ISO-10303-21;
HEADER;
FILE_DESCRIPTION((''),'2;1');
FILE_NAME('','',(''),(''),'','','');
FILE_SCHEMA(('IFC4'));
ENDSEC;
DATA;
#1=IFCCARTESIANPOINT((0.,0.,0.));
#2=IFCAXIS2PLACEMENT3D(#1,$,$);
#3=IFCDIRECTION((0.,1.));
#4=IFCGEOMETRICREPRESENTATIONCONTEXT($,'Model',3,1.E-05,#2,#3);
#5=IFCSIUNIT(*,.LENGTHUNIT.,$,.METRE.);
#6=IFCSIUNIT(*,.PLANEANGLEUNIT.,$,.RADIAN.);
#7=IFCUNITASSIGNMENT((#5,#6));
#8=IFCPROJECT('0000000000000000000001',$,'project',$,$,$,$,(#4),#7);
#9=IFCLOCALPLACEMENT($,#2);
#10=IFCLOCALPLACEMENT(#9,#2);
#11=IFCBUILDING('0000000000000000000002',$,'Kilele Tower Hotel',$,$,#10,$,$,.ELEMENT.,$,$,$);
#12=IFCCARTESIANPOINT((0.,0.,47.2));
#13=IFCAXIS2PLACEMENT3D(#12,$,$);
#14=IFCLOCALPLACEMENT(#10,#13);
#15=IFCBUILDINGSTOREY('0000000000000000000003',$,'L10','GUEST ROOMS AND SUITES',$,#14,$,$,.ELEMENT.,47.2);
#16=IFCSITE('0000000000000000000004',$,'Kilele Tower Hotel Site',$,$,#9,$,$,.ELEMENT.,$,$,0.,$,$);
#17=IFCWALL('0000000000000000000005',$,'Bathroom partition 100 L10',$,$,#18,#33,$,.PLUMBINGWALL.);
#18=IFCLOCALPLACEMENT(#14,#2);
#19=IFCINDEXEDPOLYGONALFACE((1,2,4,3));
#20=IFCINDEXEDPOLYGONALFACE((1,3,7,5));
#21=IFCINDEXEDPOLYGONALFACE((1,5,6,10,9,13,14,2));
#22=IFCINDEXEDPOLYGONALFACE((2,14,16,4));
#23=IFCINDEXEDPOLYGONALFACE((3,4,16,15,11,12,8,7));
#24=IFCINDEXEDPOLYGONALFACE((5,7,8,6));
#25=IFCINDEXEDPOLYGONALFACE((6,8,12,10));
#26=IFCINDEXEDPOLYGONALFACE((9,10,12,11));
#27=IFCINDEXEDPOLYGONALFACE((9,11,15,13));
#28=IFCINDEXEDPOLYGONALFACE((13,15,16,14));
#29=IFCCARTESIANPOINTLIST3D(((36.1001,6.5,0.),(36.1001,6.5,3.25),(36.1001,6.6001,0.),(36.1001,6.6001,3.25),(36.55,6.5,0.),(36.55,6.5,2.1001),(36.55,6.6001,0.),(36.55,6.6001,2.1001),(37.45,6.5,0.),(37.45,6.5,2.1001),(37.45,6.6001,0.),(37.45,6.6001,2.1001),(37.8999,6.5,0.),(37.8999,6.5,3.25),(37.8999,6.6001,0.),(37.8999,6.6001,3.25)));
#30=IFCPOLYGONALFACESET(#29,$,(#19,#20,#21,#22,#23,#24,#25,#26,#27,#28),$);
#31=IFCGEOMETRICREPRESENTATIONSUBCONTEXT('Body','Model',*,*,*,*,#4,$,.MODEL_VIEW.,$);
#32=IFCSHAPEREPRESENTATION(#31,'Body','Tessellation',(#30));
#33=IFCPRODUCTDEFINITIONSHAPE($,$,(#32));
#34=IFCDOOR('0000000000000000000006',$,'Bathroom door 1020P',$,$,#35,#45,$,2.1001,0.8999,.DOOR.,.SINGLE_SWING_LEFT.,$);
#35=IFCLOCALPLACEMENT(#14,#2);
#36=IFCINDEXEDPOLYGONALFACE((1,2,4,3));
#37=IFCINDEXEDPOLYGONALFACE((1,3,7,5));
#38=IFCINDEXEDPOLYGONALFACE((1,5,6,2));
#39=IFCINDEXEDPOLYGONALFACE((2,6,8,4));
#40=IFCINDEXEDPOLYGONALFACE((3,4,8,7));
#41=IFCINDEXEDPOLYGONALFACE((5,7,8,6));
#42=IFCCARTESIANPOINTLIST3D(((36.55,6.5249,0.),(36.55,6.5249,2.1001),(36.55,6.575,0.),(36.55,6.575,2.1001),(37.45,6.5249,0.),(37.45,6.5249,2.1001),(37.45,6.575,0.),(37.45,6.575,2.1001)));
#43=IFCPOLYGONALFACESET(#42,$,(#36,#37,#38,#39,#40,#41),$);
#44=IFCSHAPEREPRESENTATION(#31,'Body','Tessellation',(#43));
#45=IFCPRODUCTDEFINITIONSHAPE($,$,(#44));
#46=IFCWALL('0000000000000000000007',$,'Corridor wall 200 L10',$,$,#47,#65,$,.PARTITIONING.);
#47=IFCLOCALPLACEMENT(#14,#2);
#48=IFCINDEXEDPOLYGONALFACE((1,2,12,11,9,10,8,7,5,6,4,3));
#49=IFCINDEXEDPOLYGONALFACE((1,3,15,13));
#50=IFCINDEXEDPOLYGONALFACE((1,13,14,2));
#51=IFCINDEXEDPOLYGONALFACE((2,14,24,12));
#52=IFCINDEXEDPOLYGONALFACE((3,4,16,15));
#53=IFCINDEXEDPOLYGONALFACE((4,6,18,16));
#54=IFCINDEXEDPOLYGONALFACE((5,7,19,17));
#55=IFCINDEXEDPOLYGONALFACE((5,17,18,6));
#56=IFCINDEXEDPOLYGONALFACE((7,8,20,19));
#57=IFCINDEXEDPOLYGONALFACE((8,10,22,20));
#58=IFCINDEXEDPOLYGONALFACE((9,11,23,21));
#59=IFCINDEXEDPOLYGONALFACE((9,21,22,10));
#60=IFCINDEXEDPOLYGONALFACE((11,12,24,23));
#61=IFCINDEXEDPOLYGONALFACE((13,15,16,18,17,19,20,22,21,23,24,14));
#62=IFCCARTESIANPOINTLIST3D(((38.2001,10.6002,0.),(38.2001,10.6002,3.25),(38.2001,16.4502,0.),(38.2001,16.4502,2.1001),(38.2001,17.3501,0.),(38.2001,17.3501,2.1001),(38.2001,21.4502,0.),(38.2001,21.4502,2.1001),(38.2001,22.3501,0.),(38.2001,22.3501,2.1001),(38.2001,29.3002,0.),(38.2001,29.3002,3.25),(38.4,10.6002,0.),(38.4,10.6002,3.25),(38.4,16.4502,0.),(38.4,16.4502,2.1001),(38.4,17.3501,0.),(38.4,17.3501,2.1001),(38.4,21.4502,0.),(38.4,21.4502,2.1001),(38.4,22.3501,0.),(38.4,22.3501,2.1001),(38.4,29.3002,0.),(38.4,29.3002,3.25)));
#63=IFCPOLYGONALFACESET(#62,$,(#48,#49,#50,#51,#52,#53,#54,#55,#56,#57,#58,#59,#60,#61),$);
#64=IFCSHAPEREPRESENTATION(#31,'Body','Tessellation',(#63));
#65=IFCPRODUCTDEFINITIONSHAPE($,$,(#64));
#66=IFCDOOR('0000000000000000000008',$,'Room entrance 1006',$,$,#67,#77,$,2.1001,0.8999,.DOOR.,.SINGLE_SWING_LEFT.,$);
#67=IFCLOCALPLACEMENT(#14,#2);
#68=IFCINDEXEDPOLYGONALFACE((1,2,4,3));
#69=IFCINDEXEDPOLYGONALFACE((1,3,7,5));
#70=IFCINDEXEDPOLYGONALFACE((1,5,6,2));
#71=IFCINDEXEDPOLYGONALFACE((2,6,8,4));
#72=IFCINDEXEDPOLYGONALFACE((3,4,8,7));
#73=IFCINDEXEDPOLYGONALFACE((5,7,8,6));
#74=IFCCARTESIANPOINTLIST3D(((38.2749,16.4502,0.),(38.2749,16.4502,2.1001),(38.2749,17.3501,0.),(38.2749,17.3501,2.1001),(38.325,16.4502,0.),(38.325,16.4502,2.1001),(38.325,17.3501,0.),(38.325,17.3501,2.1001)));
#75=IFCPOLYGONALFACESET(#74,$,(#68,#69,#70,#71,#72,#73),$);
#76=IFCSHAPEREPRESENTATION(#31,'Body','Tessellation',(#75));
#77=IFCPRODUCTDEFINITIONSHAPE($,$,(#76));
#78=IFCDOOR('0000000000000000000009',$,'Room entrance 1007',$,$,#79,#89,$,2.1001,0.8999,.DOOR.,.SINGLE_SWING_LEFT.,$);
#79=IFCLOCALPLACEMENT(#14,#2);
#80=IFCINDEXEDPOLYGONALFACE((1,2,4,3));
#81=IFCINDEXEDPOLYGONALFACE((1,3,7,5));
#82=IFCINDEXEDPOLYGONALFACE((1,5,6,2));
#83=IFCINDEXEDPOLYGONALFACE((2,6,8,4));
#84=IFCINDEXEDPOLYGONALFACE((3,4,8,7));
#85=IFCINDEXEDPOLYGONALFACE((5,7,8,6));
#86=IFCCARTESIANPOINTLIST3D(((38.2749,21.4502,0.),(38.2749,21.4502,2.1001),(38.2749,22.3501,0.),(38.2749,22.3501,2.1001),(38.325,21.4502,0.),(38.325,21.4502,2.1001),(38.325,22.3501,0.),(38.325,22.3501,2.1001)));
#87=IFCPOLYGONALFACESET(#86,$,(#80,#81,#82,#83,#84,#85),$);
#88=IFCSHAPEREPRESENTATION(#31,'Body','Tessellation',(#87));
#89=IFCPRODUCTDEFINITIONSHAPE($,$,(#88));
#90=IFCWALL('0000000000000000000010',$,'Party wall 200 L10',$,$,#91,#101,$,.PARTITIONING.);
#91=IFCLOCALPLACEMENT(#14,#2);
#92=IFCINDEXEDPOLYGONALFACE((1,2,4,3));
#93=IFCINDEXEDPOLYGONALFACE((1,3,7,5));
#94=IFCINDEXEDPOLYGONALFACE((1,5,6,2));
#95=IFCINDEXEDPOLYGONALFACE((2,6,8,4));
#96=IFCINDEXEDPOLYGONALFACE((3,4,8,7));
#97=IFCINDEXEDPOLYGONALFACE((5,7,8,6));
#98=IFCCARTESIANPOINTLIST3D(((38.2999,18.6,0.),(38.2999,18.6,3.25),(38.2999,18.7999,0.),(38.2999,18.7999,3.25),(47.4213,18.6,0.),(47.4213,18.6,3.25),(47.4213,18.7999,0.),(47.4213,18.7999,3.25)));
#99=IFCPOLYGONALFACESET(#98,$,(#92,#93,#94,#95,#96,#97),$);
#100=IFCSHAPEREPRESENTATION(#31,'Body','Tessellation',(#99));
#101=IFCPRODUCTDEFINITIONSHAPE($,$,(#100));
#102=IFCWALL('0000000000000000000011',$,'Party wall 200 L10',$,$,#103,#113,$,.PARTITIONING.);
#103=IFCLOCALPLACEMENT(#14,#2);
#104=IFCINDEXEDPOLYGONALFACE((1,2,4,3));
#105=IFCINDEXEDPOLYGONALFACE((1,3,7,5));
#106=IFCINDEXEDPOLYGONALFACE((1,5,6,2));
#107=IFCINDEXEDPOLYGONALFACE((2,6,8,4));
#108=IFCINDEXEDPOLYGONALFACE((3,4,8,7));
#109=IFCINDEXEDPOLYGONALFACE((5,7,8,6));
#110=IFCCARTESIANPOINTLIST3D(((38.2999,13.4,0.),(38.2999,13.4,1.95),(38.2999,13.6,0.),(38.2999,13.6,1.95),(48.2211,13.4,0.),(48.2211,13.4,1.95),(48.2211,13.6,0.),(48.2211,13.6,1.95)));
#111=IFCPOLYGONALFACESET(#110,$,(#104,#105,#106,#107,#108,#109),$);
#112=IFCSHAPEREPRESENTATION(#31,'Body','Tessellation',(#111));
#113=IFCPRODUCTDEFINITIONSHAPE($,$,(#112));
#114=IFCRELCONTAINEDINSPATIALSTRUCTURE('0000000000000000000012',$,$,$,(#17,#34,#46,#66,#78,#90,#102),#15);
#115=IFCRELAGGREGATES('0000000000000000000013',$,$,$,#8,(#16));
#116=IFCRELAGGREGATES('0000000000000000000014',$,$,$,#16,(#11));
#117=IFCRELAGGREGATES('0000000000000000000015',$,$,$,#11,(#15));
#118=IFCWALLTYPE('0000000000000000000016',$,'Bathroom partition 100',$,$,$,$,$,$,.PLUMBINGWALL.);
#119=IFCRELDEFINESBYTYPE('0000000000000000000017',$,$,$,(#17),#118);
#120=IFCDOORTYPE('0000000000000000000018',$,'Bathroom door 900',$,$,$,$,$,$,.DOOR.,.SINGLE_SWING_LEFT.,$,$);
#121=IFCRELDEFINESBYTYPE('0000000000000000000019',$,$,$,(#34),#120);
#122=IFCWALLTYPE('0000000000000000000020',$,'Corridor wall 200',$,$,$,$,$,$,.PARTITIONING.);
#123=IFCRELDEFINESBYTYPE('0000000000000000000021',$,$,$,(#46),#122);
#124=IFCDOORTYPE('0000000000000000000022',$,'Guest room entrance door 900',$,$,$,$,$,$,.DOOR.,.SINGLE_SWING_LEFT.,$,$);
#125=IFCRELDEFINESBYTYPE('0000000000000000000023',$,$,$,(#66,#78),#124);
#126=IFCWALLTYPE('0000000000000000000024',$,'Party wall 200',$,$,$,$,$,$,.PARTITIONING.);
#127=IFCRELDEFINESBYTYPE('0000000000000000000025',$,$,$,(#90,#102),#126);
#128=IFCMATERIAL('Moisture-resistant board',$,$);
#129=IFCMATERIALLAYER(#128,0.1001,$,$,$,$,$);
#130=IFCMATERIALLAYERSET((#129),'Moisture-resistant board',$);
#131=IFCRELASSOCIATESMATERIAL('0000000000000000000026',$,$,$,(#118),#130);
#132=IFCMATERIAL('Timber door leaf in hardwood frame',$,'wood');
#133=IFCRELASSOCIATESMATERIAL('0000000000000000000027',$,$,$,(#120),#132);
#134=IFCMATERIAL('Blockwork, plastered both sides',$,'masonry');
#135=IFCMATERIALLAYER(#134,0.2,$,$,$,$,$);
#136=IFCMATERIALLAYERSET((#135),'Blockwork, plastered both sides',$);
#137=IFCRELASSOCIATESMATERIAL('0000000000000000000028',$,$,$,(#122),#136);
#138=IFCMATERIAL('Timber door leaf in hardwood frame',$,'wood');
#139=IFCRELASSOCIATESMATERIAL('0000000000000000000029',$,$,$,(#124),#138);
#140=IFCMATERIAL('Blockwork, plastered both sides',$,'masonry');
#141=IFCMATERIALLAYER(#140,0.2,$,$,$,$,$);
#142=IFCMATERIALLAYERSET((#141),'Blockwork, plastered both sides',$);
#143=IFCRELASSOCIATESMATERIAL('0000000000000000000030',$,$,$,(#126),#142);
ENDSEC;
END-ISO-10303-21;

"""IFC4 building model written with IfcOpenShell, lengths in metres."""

from ifc_helpers import new_model, si_unit, direction, frame, frame_2d, origin, place, context, subcontext, project, spatial, rectangle, extrude, material, layer, layer_set, type_object, element, fill, save


model = new_model("IFC4")

# Units and contexts
model_context = context("Model", 3, precision=1e-05, world=origin(), true_north=direction((0.0, 1.0)))
body_context = subcontext(model_context, "Body", "Model", "MODEL_VIEW")
ifc_project = project(units=[si_unit("LENGTHUNIT", "METRE"), si_unit("PLANEANGLEUNIT", "RADIAN")], contexts=[model_context])

# Site, building, storey
site_placement = place(None, origin())
site = spatial("IfcSite", under=ifc_project, at=site_placement, Name="Kilele Tower Hotel Site", CompositionType="ELEMENT", RefElevation=0.0)
building_placement = place(site_placement, origin())
building = spatial("IfcBuilding", under=site, at=building_placement, Name="Kilele Tower Hotel", CompositionType="ELEMENT")
storey_placement = place(building_placement, frame((0.0, 0.0, 47.2)))
storey = spatial("IfcBuildingStorey", under=building, at=storey_placement, Name="L10", Description="GUEST ROOMS AND SUITES", CompositionType="ELEMENT", Elevation=47.2)

# Shared definitions
ifc_material_1 = material(Name="Moisture-resistant board")
ifc_layer_1 = layer(ifc_material_1, 0.1001)
ifc_layer_set_1 = layer_set([ifc_layer_1], Name="Moisture-resistant board")
wall_type_1 = type_object("IfcWallType", Name="Bathroom partition 100", PredefinedType="PLUMBINGWALL", material=ifc_layer_set_1)

# Shared definitions
ifc_material_2 = material(Name="Timber door leaf in hardwood frame", Category="wood")
door_type_1 = type_object("IfcDoorType", Name="Bathroom door 900", OperationType="SINGLE_SWING_LEFT", PredefinedType="DOOR", material=ifc_material_2)

# Wall, opening, door
wall_1_placement = place(storey_placement, frame((36.1001, 6.55, 0.0), z_axis=(0.0, 0.0, 1.0), x_axis=(1.0, 0.0, 0.0)))
wall_1 = element("IfcWall", 1, at=wall_1_placement, inside=storey, type_object=wall_type_1, Name="Bathroom partition 100 L10", PredefinedType="PLUMBINGWALL", context=body_context, shape_type="SweptSolid", body=[
    extrude(rectangle(XDim=1.7998, YDim=0.1001, at=frame_2d((0.8999, 0.0))), origin(), (0.0, 0.0, 1.0), 3.25),
])
opening_1_placement = place(wall_1_placement, frame((0.45, 0.0, 0.0)))
opening_1 = element("IfcOpeningElement", 2, at=opening_1_placement, cuts=wall_1, PredefinedType="OPENING", context=body_context, shape_type="SweptSolid", body=[
    extrude(rectangle(XDim=0.8999, YDim=2.1001, at=frame_2d((0.45, 1.05))), frame((0.0, 0.0601, 0.0), z_axis=(0.0, -1.0, 0.0), x_axis=(1.0, 0.0, 0.0)), (0.0, 0.0, 1.0), 0.1201),
])
door_1_placement = place(opening_1_placement, origin())
door_1 = element("IfcDoor", 3, at=door_1_placement, inside=storey, type_object=door_type_1, Name="Bathroom door 1020P", OperationType="SINGLE_SWING_LEFT", OverallHeight=2.1001, OverallWidth=0.8999, PredefinedType="DOOR", context=body_context, shape_type="SweptSolid", body=[
    extrude(rectangle(XDim=0.8999, YDim=2.1001, at=frame_2d((0.45, 1.05))), frame((0.0, 0.0249, 0.0), z_axis=(0.0, -1.0, 0.0), x_axis=(1.0, 0.0, 0.0)), (0.0, 0.0, 1.0), 0.05),
])
fill(opening_1, door_1)

# Wall, openings, doors
ifc_material_3 = material(Name="Blockwork, plastered both sides", Category="masonry")
ifc_layer_2 = layer(ifc_material_3, 0.2)
ifc_layer_set_2 = layer_set([ifc_layer_2], Name="Blockwork, plastered both sides")
wall_type_2 = type_object("IfcWallType", Name="Corridor wall 200", PredefinedType="PARTITIONING", material=ifc_layer_set_2)
wall_2_placement = place(storey_placement, frame((38.3, 10.6001, 0.0), z_axis=(0.0, 0.0, 1.0), x_axis=(0.0, 1.0, 0.0)))
wall_2 = element("IfcWall", 4, at=wall_2_placement, inside=storey, type_object=wall_type_2, Name="Corridor wall 200 L10", PredefinedType="PARTITIONING", context=body_context, shape_type="SweptSolid", body=[
    extrude(rectangle(XDim=18.7, YDim=0.2, at=frame_2d((9.3501, 0.0))), origin(), (0.0, 0.0, 1.0), 3.25),
])
opening_2_placement = place(wall_2_placement, frame((6.75, 0.0, 0.0), z_axis=(0.0, 0.0, 1.0), x_axis=(-1.0, 0.0, 0.0)))
opening_2 = element("IfcOpeningElement", 5, at=opening_2_placement, cuts=wall_2, PredefinedType="OPENING", context=body_context, shape_type="SweptSolid", body=[
    extrude(rectangle(XDim=0.8999, YDim=2.1001, at=frame_2d((0.45, 1.05))), frame((0.0, 0.1099, 0.0), z_axis=(0.0, -1.0, 0.0), x_axis=(1.0, 0.0, 0.0)), (0.0, 0.0, 1.0), 0.22),
])
opening_3_placement = place(wall_2_placement, frame((11.75, 0.0, 0.0), z_axis=(0.0, 0.0, 1.0), x_axis=(-1.0, 0.0, 0.0)))
opening_3 = element("IfcOpeningElement", 6, at=opening_3_placement, cuts=wall_2, PredefinedType="OPENING", context=body_context, shape_type="SweptSolid", body=[
    extrude(rectangle(XDim=0.8999, YDim=2.1001, at=frame_2d((0.45, 1.05))), frame((0.0, 0.1099, 0.0), z_axis=(0.0, -1.0, 0.0), x_axis=(1.0, 0.0, 0.0)), (0.0, 0.0, 1.0), 0.22),
])
ifc_material_4 = material(Name="Timber door leaf in hardwood frame", Category="wood")
door_type_2 = type_object("IfcDoorType", Name="Guest room entrance door 900", OperationType="SINGLE_SWING_LEFT", PredefinedType="DOOR", material=ifc_material_4)
door_2_placement = place(opening_2_placement, origin())
door_2 = element("IfcDoor", 7, at=door_2_placement, inside=storey, type_object=door_type_2, Name="Room entrance 1006", OperationType="SINGLE_SWING_LEFT", OverallHeight=2.1001, OverallWidth=0.8999, PredefinedType="DOOR", context=body_context, shape_type="SweptSolid", body=[
    extrude(rectangle(XDim=0.8999, YDim=2.1001, at=frame_2d((0.45, 1.05))), frame((0.0, 0.0249, 0.0), z_axis=(0.0, -1.0, 0.0), x_axis=(1.0, 0.0, 0.0)), (0.0, 0.0, 1.0), 0.05),
])
fill(opening_2, door_2)
door_3_placement = place(opening_3_placement, origin())
door_3 = element("IfcDoor", 8, at=door_3_placement, inside=storey, type_object=door_type_2, Name="Room entrance 1007", OperationType="SINGLE_SWING_LEFT", OverallHeight=2.1001, OverallWidth=0.8999, PredefinedType="DOOR", context=body_context, shape_type="SweptSolid", body=[
    extrude(rectangle(XDim=0.8999, YDim=2.1001, at=frame_2d((0.45, 1.05))), frame((0.0, 0.0249, 0.0), z_axis=(0.0, -1.0, 0.0), x_axis=(1.0, 0.0, 0.0)), (0.0, 0.0, 1.0), 0.05),
])
fill(opening_3, door_3)

# Walls
ifc_material_5 = material(Name="Blockwork, plastered both sides", Category="masonry")
ifc_layer_3 = layer(ifc_material_5, 0.2)
ifc_layer_set_3 = layer_set([ifc_layer_3], Name="Blockwork, plastered both sides")
wall_type_3 = type_object("IfcWallType", Name="Party wall 200", PredefinedType="PARTITIONING", material=ifc_layer_set_3)
wall_3_placement = place(storey_placement, frame((38.3, 18.7, 0.0), z_axis=(0.0, 0.0, 1.0), x_axis=(1.0, 0.0, 0.0)))
element("IfcWall", 9, at=wall_3_placement, inside=storey, type_object=wall_type_3, Name="Party wall 200 L10", PredefinedType="PARTITIONING", context=body_context, shape_type="SweptSolid", body=[
    extrude(rectangle(XDim=9.1213, YDim=0.2, at=frame_2d((4.5605, 0.0))), origin(), (0.0, 0.0, 1.0), 3.25),
])
wall_4_placement = place(storey_placement, frame((38.3, 13.5, 0.0), z_axis=(0.0, 0.0, 1.0), x_axis=(1.0, 0.0, 0.0)))
element("IfcWall", 10, at=wall_4_placement, inside=storey, type_object=wall_type_3, Name="Party wall 200 L10", PredefinedType="PARTITIONING", context=body_context, shape_type="SweptSolid", body=[
    extrude(rectangle(XDim=9.9211, YDim=0.2, at=frame_2d((4.9604, 0.0))), origin(), (0.0, 0.0, 1.0), 1.95),
])

save(model, "model.ifc")
